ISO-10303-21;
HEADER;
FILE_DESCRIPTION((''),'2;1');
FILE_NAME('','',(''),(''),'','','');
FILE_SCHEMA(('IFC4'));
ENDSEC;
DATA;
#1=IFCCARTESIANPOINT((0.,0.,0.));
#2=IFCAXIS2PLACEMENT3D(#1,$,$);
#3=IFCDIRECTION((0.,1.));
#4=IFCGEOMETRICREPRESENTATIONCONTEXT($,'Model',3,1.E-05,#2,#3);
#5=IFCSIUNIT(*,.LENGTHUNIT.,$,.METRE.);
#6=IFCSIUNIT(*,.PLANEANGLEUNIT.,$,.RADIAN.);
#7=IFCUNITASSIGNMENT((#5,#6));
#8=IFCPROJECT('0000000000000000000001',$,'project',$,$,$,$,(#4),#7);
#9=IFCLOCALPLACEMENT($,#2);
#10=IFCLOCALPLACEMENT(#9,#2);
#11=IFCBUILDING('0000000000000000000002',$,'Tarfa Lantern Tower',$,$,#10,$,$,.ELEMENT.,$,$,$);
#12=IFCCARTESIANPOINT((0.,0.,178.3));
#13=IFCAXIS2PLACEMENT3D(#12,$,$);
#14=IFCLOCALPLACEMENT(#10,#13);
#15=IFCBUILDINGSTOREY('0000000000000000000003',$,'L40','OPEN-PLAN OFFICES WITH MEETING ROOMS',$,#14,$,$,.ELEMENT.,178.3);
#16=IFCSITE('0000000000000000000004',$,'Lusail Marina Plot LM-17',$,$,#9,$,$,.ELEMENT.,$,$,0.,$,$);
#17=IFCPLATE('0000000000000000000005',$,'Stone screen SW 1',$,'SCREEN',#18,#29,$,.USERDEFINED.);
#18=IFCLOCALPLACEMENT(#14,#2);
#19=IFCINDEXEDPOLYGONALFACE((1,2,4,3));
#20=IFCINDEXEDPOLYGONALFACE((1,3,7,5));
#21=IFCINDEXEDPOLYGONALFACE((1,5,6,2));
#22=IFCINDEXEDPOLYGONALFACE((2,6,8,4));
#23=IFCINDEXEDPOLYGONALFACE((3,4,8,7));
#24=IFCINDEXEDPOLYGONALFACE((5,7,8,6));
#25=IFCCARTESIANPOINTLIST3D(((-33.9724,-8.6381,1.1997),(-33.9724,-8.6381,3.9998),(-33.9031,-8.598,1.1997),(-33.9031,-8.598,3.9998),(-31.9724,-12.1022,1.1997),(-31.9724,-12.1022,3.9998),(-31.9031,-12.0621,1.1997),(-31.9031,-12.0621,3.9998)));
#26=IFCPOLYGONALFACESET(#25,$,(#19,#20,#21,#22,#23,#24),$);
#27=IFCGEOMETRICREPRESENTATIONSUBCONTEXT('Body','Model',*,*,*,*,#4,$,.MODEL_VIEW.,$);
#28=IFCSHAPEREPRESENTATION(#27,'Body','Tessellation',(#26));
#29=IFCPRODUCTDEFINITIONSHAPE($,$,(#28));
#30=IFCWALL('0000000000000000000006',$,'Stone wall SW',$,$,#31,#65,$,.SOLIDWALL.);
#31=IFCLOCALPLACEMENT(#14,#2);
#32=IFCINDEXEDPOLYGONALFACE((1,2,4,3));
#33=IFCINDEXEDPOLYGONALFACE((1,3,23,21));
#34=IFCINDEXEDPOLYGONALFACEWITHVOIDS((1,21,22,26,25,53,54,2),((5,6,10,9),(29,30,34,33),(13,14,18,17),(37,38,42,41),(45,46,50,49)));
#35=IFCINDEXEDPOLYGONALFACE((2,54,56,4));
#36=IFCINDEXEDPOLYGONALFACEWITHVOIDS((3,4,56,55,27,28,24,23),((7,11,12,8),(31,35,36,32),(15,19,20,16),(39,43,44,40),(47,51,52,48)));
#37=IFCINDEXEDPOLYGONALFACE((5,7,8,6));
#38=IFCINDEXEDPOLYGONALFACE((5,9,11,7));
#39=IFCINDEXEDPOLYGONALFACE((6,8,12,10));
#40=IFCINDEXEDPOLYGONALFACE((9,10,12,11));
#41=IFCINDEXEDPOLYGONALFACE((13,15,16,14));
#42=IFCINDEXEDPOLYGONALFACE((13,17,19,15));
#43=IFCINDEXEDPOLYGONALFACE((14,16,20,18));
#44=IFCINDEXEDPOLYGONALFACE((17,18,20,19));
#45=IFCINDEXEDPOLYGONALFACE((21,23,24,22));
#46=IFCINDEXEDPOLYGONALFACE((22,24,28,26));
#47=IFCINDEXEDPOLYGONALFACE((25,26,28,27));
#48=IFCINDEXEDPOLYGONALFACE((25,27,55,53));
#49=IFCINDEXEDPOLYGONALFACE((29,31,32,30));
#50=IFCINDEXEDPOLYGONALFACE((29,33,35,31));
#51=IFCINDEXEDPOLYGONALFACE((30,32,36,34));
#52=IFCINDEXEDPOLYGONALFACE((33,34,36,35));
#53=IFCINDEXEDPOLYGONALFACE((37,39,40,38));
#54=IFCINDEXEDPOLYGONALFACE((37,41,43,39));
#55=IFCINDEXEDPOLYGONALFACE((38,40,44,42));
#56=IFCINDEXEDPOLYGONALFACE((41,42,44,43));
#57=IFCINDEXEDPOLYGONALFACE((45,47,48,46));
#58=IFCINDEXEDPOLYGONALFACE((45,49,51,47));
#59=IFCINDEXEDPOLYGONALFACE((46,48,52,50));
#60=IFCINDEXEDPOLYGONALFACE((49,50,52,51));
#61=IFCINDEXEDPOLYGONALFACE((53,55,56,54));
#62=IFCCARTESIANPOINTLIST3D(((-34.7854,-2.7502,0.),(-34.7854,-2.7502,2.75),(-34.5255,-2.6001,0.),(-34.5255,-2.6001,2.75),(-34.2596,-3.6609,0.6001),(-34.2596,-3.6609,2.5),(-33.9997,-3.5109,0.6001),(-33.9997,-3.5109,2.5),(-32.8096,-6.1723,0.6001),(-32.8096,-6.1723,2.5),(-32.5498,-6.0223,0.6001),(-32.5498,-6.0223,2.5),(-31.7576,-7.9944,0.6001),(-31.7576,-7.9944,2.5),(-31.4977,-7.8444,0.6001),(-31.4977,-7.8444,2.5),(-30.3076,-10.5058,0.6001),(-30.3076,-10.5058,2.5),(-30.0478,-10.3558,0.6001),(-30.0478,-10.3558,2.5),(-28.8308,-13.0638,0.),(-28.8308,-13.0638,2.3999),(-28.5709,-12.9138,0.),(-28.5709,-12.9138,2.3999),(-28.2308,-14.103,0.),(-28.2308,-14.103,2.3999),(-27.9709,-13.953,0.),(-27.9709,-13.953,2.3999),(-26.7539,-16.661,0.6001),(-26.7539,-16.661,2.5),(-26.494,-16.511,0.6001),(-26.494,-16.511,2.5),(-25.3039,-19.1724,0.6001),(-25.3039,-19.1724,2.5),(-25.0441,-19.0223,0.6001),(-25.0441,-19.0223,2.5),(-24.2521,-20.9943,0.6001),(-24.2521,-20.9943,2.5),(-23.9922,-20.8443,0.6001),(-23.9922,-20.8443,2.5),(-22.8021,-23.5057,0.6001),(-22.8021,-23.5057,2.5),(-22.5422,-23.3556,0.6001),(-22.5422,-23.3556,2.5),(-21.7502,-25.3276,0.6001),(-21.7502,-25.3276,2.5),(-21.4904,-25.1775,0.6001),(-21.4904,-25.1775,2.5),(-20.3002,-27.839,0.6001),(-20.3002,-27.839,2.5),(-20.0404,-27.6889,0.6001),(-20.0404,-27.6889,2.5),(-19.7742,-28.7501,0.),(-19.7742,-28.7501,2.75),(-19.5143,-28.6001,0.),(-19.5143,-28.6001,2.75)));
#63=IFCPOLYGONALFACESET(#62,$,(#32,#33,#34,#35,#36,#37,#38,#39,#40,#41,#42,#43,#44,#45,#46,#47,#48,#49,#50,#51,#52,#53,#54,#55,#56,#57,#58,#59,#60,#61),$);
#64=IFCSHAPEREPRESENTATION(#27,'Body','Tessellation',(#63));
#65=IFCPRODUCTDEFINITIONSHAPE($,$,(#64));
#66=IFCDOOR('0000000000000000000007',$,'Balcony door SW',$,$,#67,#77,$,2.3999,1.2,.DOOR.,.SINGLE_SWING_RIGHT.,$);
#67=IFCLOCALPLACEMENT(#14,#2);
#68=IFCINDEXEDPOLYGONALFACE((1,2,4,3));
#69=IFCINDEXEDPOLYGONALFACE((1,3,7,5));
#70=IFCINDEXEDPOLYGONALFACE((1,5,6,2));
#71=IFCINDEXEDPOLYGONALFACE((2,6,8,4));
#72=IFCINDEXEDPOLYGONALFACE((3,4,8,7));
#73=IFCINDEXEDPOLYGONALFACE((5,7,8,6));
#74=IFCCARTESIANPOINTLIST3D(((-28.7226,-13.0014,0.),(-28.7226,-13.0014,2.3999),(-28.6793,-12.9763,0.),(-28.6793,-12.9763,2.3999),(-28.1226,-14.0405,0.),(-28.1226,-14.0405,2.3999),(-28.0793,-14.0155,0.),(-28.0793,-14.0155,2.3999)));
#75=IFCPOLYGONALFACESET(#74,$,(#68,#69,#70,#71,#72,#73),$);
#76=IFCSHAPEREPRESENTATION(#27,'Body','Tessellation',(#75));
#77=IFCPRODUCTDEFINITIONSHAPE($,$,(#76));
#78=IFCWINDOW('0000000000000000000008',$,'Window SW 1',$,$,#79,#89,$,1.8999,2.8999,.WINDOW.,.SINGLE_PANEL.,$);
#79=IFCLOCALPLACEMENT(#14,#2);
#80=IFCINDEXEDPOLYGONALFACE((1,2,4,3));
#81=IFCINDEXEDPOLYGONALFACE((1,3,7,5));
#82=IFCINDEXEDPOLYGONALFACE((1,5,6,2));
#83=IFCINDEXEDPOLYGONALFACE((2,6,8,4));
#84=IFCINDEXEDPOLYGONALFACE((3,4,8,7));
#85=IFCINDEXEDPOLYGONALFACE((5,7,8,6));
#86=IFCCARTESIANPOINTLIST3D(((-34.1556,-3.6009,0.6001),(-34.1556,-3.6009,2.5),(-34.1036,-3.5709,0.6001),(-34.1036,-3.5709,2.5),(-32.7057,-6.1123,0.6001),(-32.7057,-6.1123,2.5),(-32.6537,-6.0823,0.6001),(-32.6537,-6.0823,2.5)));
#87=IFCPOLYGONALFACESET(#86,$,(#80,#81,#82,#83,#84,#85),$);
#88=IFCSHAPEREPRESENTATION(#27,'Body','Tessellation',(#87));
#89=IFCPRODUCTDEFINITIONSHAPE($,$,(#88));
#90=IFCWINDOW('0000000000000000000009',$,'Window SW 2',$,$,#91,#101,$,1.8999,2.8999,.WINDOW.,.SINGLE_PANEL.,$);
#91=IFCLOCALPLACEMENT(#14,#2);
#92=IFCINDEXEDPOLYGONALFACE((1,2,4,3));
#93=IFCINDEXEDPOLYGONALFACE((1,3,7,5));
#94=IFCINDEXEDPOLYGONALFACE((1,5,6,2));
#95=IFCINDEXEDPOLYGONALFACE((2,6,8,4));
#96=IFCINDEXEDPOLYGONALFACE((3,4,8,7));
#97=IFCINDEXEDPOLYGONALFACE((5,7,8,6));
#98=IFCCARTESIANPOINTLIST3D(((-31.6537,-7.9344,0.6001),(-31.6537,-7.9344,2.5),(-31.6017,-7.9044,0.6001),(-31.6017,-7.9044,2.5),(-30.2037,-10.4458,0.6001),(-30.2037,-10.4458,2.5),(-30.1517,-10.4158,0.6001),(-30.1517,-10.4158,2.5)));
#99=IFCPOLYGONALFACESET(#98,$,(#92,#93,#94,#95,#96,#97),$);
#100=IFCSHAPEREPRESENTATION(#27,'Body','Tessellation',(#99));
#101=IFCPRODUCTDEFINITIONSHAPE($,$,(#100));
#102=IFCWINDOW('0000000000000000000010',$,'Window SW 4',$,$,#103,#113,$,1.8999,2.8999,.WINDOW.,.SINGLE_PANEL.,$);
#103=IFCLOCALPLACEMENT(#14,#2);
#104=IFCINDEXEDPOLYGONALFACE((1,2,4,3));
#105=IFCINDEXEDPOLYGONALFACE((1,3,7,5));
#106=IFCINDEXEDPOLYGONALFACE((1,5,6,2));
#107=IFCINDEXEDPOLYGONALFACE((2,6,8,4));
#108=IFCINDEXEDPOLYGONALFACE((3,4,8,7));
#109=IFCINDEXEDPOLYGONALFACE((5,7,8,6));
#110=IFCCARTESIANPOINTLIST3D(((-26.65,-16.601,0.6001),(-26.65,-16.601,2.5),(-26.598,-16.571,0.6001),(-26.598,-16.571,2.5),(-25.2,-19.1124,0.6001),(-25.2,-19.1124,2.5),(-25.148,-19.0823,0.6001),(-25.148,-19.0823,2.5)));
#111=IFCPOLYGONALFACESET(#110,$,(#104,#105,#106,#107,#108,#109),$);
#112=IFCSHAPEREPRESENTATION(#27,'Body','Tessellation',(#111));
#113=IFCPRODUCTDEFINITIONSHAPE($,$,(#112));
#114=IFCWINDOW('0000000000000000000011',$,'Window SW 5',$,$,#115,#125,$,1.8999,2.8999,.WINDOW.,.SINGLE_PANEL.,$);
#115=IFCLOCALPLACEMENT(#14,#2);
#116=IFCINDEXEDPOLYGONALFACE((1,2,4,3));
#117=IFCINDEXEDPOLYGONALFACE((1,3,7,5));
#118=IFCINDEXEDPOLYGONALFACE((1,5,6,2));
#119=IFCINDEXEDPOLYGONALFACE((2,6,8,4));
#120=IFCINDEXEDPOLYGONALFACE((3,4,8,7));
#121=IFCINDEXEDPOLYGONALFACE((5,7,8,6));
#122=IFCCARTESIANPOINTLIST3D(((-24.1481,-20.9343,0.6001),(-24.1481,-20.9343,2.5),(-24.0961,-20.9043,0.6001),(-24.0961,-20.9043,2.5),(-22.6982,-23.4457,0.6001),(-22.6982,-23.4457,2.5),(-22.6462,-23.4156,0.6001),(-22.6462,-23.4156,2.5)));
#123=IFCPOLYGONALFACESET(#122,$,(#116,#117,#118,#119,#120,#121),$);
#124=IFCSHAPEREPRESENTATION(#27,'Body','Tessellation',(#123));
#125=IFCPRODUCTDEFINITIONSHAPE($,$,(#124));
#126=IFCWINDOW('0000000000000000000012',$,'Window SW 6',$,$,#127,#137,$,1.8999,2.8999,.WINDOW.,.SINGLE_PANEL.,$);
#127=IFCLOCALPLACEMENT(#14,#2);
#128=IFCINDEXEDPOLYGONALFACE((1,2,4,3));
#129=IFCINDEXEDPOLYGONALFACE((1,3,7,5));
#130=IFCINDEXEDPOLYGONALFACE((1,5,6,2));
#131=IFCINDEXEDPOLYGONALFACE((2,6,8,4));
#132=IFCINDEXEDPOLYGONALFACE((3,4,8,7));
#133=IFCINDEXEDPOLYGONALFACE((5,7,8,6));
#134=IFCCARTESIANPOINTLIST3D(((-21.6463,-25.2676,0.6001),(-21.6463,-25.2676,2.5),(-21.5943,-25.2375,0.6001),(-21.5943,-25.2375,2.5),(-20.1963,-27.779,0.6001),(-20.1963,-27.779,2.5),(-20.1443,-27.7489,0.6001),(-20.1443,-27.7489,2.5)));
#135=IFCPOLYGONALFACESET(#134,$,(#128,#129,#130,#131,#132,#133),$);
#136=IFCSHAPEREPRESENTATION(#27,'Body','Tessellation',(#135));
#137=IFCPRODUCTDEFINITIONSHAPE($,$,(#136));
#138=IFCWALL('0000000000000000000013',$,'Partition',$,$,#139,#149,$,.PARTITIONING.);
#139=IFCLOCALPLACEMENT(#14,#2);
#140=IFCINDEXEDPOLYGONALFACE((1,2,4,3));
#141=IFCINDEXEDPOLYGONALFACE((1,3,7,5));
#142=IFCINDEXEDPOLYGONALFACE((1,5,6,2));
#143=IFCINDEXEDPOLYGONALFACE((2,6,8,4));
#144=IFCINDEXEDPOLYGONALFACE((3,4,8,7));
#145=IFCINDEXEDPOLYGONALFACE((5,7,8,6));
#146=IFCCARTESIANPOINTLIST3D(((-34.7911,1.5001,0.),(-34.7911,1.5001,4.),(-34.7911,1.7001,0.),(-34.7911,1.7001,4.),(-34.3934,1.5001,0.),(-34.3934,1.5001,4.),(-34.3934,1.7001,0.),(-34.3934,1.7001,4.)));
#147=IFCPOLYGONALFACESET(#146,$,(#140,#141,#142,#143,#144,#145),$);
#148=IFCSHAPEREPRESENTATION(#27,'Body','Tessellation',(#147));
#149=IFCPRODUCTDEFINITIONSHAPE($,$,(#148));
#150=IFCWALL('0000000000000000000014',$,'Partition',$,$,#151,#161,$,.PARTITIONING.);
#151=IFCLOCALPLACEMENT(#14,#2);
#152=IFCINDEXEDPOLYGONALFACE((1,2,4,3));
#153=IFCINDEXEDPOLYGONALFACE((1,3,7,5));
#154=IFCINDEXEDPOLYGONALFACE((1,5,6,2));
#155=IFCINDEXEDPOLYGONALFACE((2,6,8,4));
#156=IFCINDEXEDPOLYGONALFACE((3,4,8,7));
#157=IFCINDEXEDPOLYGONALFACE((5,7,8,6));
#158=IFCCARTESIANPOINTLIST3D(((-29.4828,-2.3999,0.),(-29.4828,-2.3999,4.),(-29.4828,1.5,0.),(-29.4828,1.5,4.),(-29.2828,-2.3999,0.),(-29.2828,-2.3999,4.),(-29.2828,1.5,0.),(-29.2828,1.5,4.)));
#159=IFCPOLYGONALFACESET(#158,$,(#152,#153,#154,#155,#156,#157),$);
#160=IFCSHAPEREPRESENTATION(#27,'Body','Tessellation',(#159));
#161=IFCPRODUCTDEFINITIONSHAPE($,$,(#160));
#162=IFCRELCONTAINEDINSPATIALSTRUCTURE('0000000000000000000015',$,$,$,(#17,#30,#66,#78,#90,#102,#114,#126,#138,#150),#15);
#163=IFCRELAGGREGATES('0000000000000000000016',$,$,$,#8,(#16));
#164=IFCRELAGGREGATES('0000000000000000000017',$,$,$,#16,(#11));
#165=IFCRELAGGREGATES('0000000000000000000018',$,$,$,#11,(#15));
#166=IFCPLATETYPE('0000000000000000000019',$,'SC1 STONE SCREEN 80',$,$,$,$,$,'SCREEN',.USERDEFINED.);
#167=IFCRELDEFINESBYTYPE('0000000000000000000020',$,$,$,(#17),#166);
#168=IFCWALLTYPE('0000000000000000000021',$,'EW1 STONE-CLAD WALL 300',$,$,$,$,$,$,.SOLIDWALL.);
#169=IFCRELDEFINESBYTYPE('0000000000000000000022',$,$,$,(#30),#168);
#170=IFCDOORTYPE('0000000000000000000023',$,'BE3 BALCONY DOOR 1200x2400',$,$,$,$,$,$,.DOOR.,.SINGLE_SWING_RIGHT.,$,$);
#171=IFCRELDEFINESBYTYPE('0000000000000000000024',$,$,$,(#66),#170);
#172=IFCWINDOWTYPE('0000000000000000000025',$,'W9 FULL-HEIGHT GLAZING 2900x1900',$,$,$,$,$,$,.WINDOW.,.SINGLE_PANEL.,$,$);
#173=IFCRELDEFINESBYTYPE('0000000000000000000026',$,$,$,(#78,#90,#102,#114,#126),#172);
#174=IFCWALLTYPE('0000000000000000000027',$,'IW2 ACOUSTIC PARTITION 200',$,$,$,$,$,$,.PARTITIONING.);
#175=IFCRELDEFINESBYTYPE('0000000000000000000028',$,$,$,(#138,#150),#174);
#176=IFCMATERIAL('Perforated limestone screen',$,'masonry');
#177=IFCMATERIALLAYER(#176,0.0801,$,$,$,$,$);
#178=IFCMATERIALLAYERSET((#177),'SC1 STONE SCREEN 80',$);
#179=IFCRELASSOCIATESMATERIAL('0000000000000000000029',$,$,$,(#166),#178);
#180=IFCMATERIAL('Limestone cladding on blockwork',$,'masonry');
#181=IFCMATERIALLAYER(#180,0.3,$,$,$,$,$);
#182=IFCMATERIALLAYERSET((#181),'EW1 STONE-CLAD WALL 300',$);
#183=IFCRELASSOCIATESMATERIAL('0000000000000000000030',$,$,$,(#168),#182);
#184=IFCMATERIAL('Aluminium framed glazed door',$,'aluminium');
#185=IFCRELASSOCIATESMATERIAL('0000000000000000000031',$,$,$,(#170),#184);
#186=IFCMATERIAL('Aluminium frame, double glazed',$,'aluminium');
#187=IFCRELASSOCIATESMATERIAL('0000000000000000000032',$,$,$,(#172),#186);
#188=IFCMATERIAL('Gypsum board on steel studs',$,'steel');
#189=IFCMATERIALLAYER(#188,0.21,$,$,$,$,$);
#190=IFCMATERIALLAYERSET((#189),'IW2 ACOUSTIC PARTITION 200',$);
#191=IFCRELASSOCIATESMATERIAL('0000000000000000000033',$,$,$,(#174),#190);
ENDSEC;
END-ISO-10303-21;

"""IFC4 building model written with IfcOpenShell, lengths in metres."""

from ifc_helpers import new_model, si_unit, direction, frame, frame_2d, origin, origin_2d, place, context, subcontext, project, spatial, rectangle, extrude, material, layer, layer_set, type_object, element, fill, save


model = new_model("IFC4")

# Units and contexts
model_context = context("Model", 3, precision=1e-05, world=origin(), true_north=direction((0.0, 1.0)))
body_context = subcontext(model_context, "Body", "Model", "MODEL_VIEW")
ifc_project = project(units=[si_unit("LENGTHUNIT", "METRE"), si_unit("PLANEANGLEUNIT", "RADIAN")], contexts=[model_context])

# Site, building, storey
site_placement = place(None, origin())
site = spatial("IfcSite", under=ifc_project, at=site_placement, Name="Lusail Marina Plot LM-17", CompositionType="ELEMENT", RefElevation=0.0)
building_placement = place(site_placement, origin())
building = spatial("IfcBuilding", under=site, at=building_placement, Name="Tarfa Lantern Tower", CompositionType="ELEMENT")
storey_placement = place(building_placement, frame((0.0, 0.0, 178.3)))
storey = spatial("IfcBuildingStorey", under=building, at=storey_placement, Name="L40", Description="OPEN-PLAN OFFICES WITH MEETING ROOMS", CompositionType="ELEMENT", Elevation=178.3)

# Plate
ifc_material_1 = material(Name="Perforated limestone screen", Category="masonry")
ifc_layer_1 = layer(ifc_material_1, 0.0801)
ifc_layer_set_1 = layer_set([ifc_layer_1], Name="SC1 STONE SCREEN 80")
plate_type = type_object("IfcPlateType", Name="SC1 STONE SCREEN 80", ElementType="SCREEN", PredefinedType="USERDEFINED", material=ifc_layer_set_1)
plate_placement = place(storey_placement, frame((-32.9377, -10.3501, 1.1997), z_axis=(0.0, 0.0, 1.0), x_axis=(0.5, -0.866025, 0.0)))
element("IfcPlate", 1, at=plate_placement, inside=storey, type_object=plate_type, Name="Stone screen SW 1", ObjectType="SCREEN", PredefinedType="USERDEFINED", context=body_context, shape_type="SweptSolid", body=[
    extrude(rectangle(XDim=4.0, YDim=0.0801, at=origin_2d()), origin(), (0.0, 0.0, 1.0), 2.8),
])

# Wall, openings, door, windows
ifc_material_2 = material(Name="Limestone cladding on blockwork", Category="masonry")
ifc_layer_2 = layer(ifc_material_2, 0.3)
ifc_layer_set_2 = layer_set([ifc_layer_2], Name="EW1 STONE-CLAD WALL 300")
wall_type_1 = type_object("IfcWallType", Name="EW1 STONE-CLAD WALL 300", PredefinedType="SOLIDWALL", material=ifc_layer_set_2)
wall_1_placement = place(storey_placement, frame((-34.6555, -2.675, 0.0), z_axis=(0.0, 0.0, 1.0), x_axis=(0.500003, -0.866024, 0.0)))
wall_1 = element("IfcWall", 2, at=wall_1_placement, inside=storey, type_object=wall_type_1, Name="Stone wall SW", PredefinedType="SOLIDWALL", context=body_context, shape_type="SweptSolid", body=[
    extrude(rectangle(XDim=30.0222, YDim=0.3, at=frame_2d((15.0112, 0.0))), origin(), (0.0, 0.0, 1.0), 2.75),
])
opening_1_placement = place(wall_1_placement, frame((1.0518, 0.0, 0.6001)))
opening_1 = element("IfcOpeningElement", 3, at=opening_1_placement, cuts=wall_1, PredefinedType="OPENING", context=body_context, shape_type="SweptSolid", body=[
    extrude(rectangle(XDim=2.8999, YDim=1.8999, at=frame_2d((1.45, 0.95))), frame((0.0, 0.1599, 0.0), z_axis=(0.0, -1.0, 0.0), x_axis=(1.0, 0.0, 0.0)), (0.0, 0.0, 1.0), 0.3201),
])
opening_2_placement = place(wall_1_placement, frame((6.0557, 0.0, 0.6001)))
opening_2 = element("IfcOpeningElement", 4, at=opening_2_placement, cuts=wall_1, PredefinedType="OPENING", context=body_context, shape_type="SweptSolid", body=[
    extrude(rectangle(XDim=2.8999, YDim=1.8999, at=frame_2d((1.45, 0.95))), frame((0.0, 0.1599, 0.0), z_axis=(0.0, -1.0, 0.0), x_axis=(1.0, 0.0, 0.0)), (0.0, 0.0, 1.0), 0.3201),
])
opening_3_placement = place(wall_1_placement, frame((11.9092, 0.0, 0.0)))
opening_3 = element("IfcOpeningElement", 5, at=opening_3_placement, cuts=wall_1, PredefinedType="OPENING", context=body_context, shape_type="SweptSolid", body=[
    extrude(rectangle(XDim=1.2, YDim=2.3999, at=frame_2d((0.6001, 1.2))), frame((0.0, 0.1599, 0.0), z_axis=(0.0, -1.0, 0.0), x_axis=(1.0, 0.0, 0.0)), (0.0, 0.0, 1.0), 0.3201),
])
opening_4_placement = place(wall_1_placement, frame((16.063, 0.0, 0.6001)))
opening_4 = element("IfcOpeningElement", 6, at=opening_4_placement, cuts=wall_1, PredefinedType="OPENING", context=body_context, shape_type="SweptSolid", body=[
    extrude(rectangle(XDim=2.8999, YDim=1.8999, at=frame_2d((1.45, 0.95))), frame((0.0, 0.1599, 0.0), z_axis=(0.0, -1.0, 0.0), x_axis=(1.0, 0.0, 0.0)), (0.0, 0.0, 1.0), 0.3201),
])
opening_5_placement = place(wall_1_placement, frame((21.0667, 0.0, 0.6001)))
opening_5 = element("IfcOpeningElement", 7, at=opening_5_placement, cuts=wall_1, PredefinedType="OPENING", context=body_context, shape_type="SweptSolid", body=[
    extrude(rectangle(XDim=2.8999, YDim=1.8999, at=frame_2d((1.45, 0.95))), frame((0.0, 0.1599, 0.0), z_axis=(0.0, -1.0, 0.0), x_axis=(1.0, 0.0, 0.0)), (0.0, 0.0, 1.0), 0.3201),
])
opening_6_placement = place(wall_1_placement, frame((26.0703, 0.0, 0.6001)))
opening_6 = element("IfcOpeningElement", 8, at=opening_6_placement, cuts=wall_1, PredefinedType="OPENING", context=body_context, shape_type="SweptSolid", body=[
    extrude(rectangle(XDim=2.8999, YDim=1.8999, at=frame_2d((1.45, 0.95))), frame((0.0, 0.1599, 0.0), z_axis=(0.0, -1.0, 0.0), x_axis=(1.0, 0.0, 0.0)), (0.0, 0.0, 1.0), 0.3201),
])
ifc_material_3 = material(Name="Aluminium framed glazed door", Category="aluminium")
door_type = type_object("IfcDoorType", Name="BE3 BALCONY DOOR 1200x2400", OperationType="SINGLE_SWING_RIGHT", PredefinedType="DOOR", material=ifc_material_3)
door_placement = place(opening_3_placement, origin())
door = element("IfcDoor", 9, at=door_placement, inside=storey, type_object=door_type, Name="Balcony door SW", OperationType="SINGLE_SWING_RIGHT", OverallHeight=2.3999, OverallWidth=1.2, PredefinedType="DOOR", context=body_context, shape_type="SweptSolid", body=[
    extrude(rectangle(XDim=1.2, YDim=2.3999, at=frame_2d((0.6001, 1.2))), frame((0.0, 0.0249, 0.0), z_axis=(0.0, -1.0, 0.0), x_axis=(1.0, 0.0, 0.0)), (0.0, 0.0, 1.0), 0.05),
])
fill(opening_3, door)
ifc_material_4 = material(Name="Aluminium frame, double glazed", Category="aluminium")
window_type = type_object("IfcWindowType", Name="W9 FULL-HEIGHT GLAZING 2900x1900", PartitioningType="SINGLE_PANEL", PredefinedType="WINDOW", material=ifc_material_4)
window_1_placement = place(opening_1_placement, origin())
window_1 = element("IfcWindow", 10, at=window_1_placement, inside=storey, type_object=window_type, Name="Window SW 1", OverallHeight=1.8999, OverallWidth=2.8999, PartitioningType="SINGLE_PANEL", PredefinedType="WINDOW", context=body_context, shape_type="SweptSolid", body=[
    extrude(rectangle(XDim=2.8999, YDim=1.8999, at=frame_2d((1.45, 0.95))), frame((0.0, 0.03, 0.0), z_axis=(0.0, -1.0, 0.0), x_axis=(1.0, 0.0, 0.0)), (0.0, 0.0, 1.0), 0.0601),
])
fill(opening_1, window_1)
window_2_placement = place(opening_2_placement, origin())
window_2 = element("IfcWindow", 11, at=window_2_placement, inside=storey, type_object=window_type, Name="Window SW 2", OverallHeight=1.8999, OverallWidth=2.8999, PartitioningType="SINGLE_PANEL", PredefinedType="WINDOW", context=body_context, shape_type="SweptSolid", body=[
    extrude(rectangle(XDim=2.8999, YDim=1.8999, at=frame_2d((1.45, 0.95))), frame((0.0, 0.03, 0.0), z_axis=(0.0, -1.0, 0.0), x_axis=(1.0, 0.0, 0.0)), (0.0, 0.0, 1.0), 0.0601),
])
fill(opening_2, window_2)
window_3_placement = place(opening_4_placement, origin())
window_3 = element("IfcWindow", 12, at=window_3_placement, inside=storey, type_object=window_type, Name="Window SW 4", OverallHeight=1.8999, OverallWidth=2.8999, PartitioningType="SINGLE_PANEL", PredefinedType="WINDOW", context=body_context, shape_type="SweptSolid", body=[
    extrude(rectangle(XDim=2.8999, YDim=1.8999, at=frame_2d((1.45, 0.95))), frame((0.0, 0.03, 0.0), z_axis=(0.0, -1.0, 0.0), x_axis=(1.0, 0.0, 0.0)), (0.0, 0.0, 1.0), 0.0601),
])
fill(opening_4, window_3)
window_4_placement = place(opening_5_placement, origin())
window_4 = element("IfcWindow", 13, at=window_4_placement, inside=storey, type_object=window_type, Name="Window SW 5", OverallHeight=1.8999, OverallWidth=2.8999, PartitioningType="SINGLE_PANEL", PredefinedType="WINDOW", context=body_context, shape_type="SweptSolid", body=[
    extrude(rectangle(XDim=2.8999, YDim=1.8999, at=frame_2d((1.45, 0.95))), frame((0.0, 0.03, 0.0), z_axis=(0.0, -1.0, 0.0), x_axis=(1.0, 0.0, 0.0)), (0.0, 0.0, 1.0), 0.0601),
])
fill(opening_5, window_4)
window_5_placement = place(opening_6_placement, origin())
window_5 = element("IfcWindow", 14, at=window_5_placement, inside=storey, type_object=window_type, Name="Window SW 6", OverallHeight=1.8999, OverallWidth=2.8999, PartitioningType="SINGLE_PANEL", PredefinedType="WINDOW", context=body_context, shape_type="SweptSolid", body=[
    extrude(rectangle(XDim=2.8999, YDim=1.8999, at=frame_2d((1.45, 0.95))), frame((0.0, 0.03, 0.0), z_axis=(0.0, -1.0, 0.0), x_axis=(1.0, 0.0, 0.0)), (0.0, 0.0, 1.0), 0.0601),
])
fill(opening_6, window_5)

# Walls
ifc_material_5 = material(Name="Gypsum board on steel studs", Category="steel")
ifc_layer_3 = layer(ifc_material_5, 0.21)
ifc_layer_set_3 = layer_set([ifc_layer_3], Name="IW2 ACOUSTIC PARTITION 200")
wall_type_2 = type_object("IfcWallType", Name="IW2 ACOUSTIC PARTITION 200", PredefinedType="PARTITIONING", material=ifc_layer_set_3)
wall_2_placement = place(storey_placement, frame((-34.3936, 1.6001, 0.0), z_axis=(0.0, 0.0, 1.0), x_axis=(-1.0, 0.0, 0.0)))
element("IfcWall", 15, at=wall_2_placement, inside=storey, type_object=wall_type_2, Name="Partition", PredefinedType="PARTITIONING", context=body_context, shape_type="SweptSolid", body=[
    extrude(rectangle(XDim=0.3977, YDim=0.2, at=frame_2d((0.1987, 0.0))), origin(), (0.0, 0.0, 1.0), 4.0),
])
wall_3_placement = place(storey_placement, frame((-29.3828, 1.5, 0.0), z_axis=(0.0, 0.0, 1.0), x_axis=(0.0, -1.0, 0.0)))
element("IfcWall", 16, at=wall_3_placement, inside=storey, type_object=wall_type_2, Name="Partition", PredefinedType="PARTITIONING", context=body_context, shape_type="SweptSolid", body=[
    extrude(rectangle(XDim=3.8999, YDim=0.2, at=frame_2d((1.95, 0.0))), origin(), (0.0, 0.0, 1.0), 4.0),
])

save(model, "model.ifc")
